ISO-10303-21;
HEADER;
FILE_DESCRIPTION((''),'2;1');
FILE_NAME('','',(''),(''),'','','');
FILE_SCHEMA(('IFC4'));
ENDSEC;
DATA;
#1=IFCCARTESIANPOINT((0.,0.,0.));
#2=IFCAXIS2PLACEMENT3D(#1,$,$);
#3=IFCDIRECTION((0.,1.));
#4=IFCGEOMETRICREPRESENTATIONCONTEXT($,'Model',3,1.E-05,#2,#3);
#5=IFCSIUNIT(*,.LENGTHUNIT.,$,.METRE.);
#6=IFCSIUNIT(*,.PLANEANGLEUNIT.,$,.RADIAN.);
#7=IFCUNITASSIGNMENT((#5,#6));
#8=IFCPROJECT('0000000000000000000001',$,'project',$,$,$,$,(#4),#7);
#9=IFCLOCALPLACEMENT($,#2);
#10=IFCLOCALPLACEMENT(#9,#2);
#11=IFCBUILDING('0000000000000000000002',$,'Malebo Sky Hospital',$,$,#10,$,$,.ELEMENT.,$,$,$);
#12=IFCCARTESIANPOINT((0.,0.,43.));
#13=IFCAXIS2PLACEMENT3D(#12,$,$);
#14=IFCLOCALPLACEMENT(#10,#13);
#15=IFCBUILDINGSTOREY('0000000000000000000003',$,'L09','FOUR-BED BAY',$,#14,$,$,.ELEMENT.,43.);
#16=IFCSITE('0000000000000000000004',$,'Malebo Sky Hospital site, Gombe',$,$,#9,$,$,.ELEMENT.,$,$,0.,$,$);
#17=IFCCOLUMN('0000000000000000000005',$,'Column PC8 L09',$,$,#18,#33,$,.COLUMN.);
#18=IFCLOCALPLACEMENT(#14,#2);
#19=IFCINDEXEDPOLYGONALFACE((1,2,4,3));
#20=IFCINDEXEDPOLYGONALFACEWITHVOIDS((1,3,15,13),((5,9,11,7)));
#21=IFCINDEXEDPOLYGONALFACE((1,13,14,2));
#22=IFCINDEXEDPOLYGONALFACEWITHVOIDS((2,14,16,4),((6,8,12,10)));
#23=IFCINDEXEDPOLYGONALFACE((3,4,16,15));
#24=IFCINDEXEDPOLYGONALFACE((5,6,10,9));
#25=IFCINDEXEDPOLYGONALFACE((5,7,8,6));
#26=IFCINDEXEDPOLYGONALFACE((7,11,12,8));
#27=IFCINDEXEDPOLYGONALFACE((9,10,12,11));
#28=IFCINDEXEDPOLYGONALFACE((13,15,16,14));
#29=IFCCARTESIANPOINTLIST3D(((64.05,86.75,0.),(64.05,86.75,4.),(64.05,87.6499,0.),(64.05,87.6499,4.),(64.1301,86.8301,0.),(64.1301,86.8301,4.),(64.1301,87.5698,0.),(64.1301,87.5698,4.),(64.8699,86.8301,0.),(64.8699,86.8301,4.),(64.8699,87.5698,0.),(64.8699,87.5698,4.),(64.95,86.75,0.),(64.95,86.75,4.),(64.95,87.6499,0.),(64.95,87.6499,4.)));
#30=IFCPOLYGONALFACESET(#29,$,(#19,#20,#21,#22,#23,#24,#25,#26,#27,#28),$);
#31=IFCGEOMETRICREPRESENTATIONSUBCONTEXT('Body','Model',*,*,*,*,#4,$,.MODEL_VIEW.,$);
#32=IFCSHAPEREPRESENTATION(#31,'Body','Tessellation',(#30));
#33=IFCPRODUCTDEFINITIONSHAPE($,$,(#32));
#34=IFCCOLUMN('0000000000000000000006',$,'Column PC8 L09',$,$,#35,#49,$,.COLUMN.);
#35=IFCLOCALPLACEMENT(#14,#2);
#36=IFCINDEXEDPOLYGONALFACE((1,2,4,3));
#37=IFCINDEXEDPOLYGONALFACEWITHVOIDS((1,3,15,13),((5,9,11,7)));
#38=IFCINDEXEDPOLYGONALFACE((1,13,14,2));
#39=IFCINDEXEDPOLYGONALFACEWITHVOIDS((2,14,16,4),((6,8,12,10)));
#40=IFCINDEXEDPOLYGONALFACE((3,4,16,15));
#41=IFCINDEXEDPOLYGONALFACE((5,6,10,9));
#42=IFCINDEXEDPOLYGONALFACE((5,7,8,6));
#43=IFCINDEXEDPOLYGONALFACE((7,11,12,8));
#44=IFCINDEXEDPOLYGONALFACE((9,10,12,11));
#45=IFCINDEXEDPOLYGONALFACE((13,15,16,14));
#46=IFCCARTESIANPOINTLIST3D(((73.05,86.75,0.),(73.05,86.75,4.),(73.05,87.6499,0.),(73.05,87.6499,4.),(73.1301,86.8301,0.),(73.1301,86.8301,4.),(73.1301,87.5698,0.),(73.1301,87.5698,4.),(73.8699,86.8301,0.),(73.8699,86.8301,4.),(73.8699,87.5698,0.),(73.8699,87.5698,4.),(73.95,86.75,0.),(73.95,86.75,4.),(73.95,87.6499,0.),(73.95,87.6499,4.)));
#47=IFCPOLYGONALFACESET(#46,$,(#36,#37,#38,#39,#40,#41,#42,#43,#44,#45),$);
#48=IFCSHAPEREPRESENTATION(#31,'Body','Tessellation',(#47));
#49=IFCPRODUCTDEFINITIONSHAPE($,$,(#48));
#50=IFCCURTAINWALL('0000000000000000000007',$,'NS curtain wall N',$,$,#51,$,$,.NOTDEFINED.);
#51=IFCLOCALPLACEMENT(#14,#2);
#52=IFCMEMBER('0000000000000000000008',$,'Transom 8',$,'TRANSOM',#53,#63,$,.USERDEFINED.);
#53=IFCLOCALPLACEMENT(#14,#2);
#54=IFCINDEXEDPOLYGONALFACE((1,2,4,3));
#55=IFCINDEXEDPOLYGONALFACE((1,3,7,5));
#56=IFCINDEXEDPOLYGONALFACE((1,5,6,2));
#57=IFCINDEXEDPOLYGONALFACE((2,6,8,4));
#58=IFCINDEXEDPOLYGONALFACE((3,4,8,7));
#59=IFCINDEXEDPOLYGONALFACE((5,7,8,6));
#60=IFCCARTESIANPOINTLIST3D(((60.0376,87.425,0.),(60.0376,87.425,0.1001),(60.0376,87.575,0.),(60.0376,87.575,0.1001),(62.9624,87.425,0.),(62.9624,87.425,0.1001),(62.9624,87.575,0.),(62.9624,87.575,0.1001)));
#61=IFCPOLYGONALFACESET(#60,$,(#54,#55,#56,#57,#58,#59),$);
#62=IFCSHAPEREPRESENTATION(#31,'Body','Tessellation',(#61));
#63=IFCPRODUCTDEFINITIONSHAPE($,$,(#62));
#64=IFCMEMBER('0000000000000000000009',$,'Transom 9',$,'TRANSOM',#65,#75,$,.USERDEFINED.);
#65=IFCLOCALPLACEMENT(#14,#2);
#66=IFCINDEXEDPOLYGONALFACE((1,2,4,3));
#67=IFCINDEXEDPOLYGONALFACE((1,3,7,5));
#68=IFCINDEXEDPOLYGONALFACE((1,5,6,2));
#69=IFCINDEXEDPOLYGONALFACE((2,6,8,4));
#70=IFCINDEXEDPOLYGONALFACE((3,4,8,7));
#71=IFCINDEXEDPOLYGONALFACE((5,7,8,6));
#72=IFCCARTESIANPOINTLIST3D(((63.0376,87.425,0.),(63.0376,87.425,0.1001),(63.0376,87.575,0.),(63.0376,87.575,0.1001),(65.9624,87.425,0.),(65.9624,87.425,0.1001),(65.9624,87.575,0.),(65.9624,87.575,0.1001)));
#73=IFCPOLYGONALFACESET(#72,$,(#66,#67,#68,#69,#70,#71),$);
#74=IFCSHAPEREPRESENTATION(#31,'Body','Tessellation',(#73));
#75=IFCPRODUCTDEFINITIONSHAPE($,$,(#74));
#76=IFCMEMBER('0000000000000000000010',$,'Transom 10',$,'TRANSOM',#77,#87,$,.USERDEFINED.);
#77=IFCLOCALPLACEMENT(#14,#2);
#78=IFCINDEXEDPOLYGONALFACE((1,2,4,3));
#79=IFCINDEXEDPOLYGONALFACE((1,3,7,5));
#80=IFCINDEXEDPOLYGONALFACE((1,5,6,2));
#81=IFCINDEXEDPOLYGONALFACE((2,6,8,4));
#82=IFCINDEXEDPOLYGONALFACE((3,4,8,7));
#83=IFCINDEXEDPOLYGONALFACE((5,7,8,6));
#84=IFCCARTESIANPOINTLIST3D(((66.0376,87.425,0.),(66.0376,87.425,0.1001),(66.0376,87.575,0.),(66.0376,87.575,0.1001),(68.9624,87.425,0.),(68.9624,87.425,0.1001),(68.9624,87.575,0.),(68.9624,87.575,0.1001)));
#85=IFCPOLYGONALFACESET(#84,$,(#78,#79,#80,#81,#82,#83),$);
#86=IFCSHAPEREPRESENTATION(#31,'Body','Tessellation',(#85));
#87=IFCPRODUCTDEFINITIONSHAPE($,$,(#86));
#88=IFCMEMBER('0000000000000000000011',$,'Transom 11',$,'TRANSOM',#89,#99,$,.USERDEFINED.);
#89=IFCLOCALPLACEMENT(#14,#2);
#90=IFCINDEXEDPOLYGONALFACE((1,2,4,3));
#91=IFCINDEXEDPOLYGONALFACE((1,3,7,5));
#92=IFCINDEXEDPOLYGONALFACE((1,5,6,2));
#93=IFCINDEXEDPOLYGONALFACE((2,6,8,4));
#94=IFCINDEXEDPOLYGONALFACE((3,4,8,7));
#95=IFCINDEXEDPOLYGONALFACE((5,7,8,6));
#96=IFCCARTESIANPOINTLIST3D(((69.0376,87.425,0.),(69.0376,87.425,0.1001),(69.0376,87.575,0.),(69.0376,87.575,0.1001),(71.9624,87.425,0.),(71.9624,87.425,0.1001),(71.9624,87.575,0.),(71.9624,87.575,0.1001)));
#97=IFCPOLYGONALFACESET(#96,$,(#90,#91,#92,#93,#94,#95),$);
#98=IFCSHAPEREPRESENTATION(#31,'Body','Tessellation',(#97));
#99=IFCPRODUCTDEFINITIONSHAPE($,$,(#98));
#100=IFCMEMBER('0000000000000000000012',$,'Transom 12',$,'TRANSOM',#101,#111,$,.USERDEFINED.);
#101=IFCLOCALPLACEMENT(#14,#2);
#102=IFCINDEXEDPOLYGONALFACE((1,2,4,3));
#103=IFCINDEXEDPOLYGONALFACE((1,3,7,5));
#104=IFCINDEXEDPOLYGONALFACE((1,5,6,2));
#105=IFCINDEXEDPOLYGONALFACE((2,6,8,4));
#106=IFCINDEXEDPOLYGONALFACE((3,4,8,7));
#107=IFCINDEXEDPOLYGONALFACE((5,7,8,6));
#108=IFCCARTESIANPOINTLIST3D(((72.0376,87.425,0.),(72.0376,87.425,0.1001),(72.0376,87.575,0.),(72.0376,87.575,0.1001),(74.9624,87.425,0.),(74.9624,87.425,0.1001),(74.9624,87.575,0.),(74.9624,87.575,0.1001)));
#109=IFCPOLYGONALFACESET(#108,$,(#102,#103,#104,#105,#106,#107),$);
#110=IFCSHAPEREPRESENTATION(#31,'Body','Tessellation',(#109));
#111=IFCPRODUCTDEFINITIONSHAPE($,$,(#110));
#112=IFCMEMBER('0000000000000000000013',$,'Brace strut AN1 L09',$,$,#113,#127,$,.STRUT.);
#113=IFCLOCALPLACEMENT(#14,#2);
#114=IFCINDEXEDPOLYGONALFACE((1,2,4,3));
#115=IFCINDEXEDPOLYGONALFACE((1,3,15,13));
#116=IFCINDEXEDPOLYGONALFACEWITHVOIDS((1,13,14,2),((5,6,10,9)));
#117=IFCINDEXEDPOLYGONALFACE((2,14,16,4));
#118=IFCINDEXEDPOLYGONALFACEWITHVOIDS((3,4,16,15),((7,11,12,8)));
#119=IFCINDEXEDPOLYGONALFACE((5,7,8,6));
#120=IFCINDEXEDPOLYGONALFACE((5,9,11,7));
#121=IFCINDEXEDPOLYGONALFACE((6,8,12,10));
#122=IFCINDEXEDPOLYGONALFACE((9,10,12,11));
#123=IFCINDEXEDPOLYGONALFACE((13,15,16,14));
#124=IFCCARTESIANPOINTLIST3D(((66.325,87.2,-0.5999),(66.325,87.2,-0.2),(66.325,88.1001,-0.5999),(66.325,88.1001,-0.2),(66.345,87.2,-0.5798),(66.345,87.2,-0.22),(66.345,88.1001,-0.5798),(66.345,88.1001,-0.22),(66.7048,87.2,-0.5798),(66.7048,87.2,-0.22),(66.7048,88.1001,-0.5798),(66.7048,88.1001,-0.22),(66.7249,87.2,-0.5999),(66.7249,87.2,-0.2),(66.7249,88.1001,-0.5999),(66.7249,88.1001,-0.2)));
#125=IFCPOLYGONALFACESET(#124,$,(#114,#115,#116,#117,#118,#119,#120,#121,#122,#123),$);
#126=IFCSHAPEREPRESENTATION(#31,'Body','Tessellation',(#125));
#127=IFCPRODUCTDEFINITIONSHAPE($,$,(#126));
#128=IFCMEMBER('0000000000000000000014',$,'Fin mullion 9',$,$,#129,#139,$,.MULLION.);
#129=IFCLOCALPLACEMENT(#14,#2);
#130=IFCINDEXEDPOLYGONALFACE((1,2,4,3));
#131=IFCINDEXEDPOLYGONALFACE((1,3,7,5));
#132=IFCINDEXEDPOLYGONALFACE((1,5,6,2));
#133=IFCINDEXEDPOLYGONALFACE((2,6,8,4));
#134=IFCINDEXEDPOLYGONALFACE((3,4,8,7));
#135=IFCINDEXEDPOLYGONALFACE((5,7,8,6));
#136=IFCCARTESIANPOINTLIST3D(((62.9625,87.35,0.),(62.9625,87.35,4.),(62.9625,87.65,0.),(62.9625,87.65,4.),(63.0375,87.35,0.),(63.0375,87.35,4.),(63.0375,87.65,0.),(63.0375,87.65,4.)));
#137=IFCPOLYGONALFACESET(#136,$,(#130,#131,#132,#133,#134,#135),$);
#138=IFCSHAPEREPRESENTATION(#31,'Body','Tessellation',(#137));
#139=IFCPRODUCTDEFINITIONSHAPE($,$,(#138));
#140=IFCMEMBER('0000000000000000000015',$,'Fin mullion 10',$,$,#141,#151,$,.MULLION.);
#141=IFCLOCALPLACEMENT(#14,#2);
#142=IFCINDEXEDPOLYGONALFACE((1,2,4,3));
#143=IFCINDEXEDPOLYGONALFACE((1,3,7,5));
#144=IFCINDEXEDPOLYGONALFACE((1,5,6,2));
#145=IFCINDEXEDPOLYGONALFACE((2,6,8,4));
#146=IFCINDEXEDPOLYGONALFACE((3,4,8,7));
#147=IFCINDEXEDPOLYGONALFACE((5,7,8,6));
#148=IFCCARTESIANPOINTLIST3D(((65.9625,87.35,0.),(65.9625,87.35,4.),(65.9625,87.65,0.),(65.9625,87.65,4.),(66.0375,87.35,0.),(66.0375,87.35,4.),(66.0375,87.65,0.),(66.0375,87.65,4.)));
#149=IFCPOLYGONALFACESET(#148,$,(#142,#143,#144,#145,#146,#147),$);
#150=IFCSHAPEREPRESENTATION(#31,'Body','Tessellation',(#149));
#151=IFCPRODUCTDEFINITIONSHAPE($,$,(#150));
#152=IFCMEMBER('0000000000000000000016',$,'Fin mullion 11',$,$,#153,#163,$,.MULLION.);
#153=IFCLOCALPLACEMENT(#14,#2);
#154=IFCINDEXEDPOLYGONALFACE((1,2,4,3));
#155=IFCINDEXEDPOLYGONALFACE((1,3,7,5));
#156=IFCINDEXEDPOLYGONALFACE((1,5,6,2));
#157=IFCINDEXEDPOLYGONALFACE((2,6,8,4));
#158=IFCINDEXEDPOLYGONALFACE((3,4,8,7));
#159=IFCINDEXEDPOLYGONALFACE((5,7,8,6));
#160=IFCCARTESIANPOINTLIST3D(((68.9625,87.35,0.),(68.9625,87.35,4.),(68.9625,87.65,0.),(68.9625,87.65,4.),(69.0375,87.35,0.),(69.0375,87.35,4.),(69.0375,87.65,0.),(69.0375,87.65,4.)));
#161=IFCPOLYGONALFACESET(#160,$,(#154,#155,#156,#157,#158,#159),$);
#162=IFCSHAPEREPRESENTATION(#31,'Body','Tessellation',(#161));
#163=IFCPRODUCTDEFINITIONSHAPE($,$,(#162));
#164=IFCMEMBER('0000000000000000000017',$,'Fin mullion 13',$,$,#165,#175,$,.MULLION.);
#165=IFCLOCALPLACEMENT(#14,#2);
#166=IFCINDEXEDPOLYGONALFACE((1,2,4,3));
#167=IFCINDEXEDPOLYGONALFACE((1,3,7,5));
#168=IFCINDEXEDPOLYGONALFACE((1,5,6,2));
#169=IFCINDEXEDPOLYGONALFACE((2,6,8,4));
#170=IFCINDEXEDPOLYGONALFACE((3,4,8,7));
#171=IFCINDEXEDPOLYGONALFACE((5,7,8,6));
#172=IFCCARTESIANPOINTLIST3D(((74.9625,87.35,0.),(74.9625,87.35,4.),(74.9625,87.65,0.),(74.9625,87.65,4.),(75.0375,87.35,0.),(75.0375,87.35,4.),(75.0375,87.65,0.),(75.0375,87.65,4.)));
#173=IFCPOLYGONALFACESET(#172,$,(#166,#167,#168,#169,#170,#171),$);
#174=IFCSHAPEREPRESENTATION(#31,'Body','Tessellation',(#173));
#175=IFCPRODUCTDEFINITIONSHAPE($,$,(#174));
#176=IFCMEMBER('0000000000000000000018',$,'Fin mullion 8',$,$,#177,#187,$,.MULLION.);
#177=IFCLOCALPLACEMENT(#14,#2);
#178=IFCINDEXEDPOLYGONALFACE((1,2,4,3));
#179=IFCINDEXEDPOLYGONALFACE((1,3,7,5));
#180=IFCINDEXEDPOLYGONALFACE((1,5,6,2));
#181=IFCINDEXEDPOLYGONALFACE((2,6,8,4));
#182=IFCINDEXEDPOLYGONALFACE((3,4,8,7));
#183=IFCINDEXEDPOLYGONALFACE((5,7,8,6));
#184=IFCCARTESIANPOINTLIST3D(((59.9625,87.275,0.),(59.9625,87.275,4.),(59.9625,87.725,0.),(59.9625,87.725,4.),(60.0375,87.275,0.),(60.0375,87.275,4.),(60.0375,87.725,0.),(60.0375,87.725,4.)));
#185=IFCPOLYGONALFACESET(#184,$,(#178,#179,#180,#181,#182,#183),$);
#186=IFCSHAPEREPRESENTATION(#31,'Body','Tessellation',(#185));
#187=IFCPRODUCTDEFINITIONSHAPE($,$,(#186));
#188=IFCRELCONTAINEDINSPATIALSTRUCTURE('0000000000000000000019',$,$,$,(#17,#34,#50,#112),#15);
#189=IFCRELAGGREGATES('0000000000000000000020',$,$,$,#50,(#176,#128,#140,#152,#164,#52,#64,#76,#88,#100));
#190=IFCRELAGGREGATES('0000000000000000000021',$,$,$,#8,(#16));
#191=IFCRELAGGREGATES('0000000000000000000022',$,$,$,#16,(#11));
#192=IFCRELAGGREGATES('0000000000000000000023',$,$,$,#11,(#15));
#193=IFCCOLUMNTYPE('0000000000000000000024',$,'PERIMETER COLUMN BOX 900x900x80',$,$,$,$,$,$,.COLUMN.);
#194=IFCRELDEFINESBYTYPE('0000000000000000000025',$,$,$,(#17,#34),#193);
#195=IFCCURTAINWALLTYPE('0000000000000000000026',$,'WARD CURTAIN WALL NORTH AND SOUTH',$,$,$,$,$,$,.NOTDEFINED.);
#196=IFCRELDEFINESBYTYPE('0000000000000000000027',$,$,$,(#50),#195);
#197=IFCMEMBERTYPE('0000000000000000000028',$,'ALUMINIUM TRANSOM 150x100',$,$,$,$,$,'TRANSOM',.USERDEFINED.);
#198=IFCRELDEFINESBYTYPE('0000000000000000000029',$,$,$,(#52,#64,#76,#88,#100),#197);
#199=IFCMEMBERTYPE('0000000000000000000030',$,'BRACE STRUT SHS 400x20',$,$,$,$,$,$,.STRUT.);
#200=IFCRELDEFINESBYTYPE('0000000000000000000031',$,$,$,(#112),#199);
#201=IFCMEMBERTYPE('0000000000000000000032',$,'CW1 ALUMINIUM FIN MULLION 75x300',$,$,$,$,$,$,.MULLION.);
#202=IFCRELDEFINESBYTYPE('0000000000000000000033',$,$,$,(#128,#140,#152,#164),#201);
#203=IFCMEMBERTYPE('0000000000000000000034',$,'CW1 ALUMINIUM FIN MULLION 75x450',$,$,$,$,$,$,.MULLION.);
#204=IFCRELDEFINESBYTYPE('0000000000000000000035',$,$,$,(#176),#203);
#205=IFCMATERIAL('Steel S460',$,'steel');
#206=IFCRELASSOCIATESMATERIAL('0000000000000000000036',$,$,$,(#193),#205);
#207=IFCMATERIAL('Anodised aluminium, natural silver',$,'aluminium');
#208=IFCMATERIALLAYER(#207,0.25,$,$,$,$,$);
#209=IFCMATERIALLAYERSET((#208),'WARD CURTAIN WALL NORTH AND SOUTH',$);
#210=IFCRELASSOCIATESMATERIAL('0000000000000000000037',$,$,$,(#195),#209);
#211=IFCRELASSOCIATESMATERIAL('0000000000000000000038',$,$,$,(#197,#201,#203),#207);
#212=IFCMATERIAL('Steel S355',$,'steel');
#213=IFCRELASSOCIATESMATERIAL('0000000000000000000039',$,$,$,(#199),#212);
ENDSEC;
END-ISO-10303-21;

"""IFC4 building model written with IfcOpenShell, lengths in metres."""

from ifc_helpers import new_model, si_unit, direction, frame, origin, origin_2d, place, context, subcontext, project, spatial, rectangle, hollow_rectangle, extrude, material, layer, layer_set, material_profile, profile_set, type_object, element, aggregate, save


model = new_model("IFC4")

# Units and contexts
model_context = context("Model", 3, precision=1e-05, world=origin(), true_north=direction((0.0, 1.0)))
body_context = subcontext(model_context, "Body", "Model", "MODEL_VIEW")
ifc_project = project(units=[si_unit("LENGTHUNIT", "METRE"), si_unit("PLANEANGLEUNIT", "RADIAN")], contexts=[model_context])

# Site, building, storey
site_placement = place(None, origin())
site = spatial("IfcSite", under=ifc_project, at=site_placement, Name="Malebo Sky Hospital site, Gombe", CompositionType="ELEMENT", RefElevation=0.0)
building_placement = place(site_placement, origin())
building = spatial("IfcBuilding", under=site, at=building_placement, Name="Malebo Sky Hospital", CompositionType="ELEMENT")
storey_placement = place(building_placement, frame((0.0, 0.0, 43.0)))
storey = spatial("IfcBuildingStorey", under=building, at=storey_placement, Name="L09", Description="FOUR-BED BAY", CompositionType="ELEMENT", Elevation=43.0)

# Columns
ifc_material_1 = material(Name="Steel S460", Category="steel")
ifc_material_profile_1 = material_profile(ifc_material_1, hollow_rectangle(XDim=0.8999, YDim=0.8999, WallThickness=0.0801, at=origin_2d()), Name="BOX 900x900x80")
ifc_profile_set_1 = profile_set([ifc_material_profile_1], Name="Steel S460")
column_type = type_object("IfcColumnType", Name="PERIMETER COLUMN BOX 900x900x80", PredefinedType="COLUMN", material=ifc_profile_set_1)
for number, where, z_axis, x_axis, name in (
    (1, (64.5, 87.2, 0.0), (0.0, 0.0, 1.0), (1.0, 0.0, 0.0), "Column PC8 L09"),
    (2, (73.5, 87.2, 0.0), (0.0, 0.0, 1.0), (1.0, 0.0, 0.0), "Column PC8 L09"),
):
    element("IfcColumn", number, at=place(storey_placement, frame(where, z_axis=z_axis, x_axis=x_axis)), inside=storey, type_object=column_type, Name=name, PredefinedType="COLUMN", context=body_context, shape_type="SweptSolid", body=[
        extrude(hollow_rectangle(XDim=0.8999, YDim=0.8999, WallThickness=0.0801, at=origin_2d()), origin(), (0.0, 0.0, 1.0), 4.0),
    ])

# Curtain wall, members
ifc_material_2 = material(Name="Anodised aluminium, natural silver", Category="aluminium")
ifc_layer_1 = layer(ifc_material_2, 0.25)
ifc_layer_set_1 = layer_set([ifc_layer_1], Name="WARD CURTAIN WALL NORTH AND SOUTH")
curtain_wall_type = type_object("IfcCurtainWallType", Name="WARD CURTAIN WALL NORTH AND SOUTH", PredefinedType="NOTDEFINED", material=ifc_layer_set_1)
curtain_wall_placement = place(storey_placement, origin())
curtain_wall = element("IfcCurtainWall", 3, at=curtain_wall_placement, inside=storey, type_object=curtain_wall_type, Name="NS curtain wall N", PredefinedType="NOTDEFINED")
ifc_material_profile_2 = material_profile(ifc_material_2, rectangle(XDim=0.1499, YDim=0.1001, at=origin_2d()), Name="ALUMINIUM TRANSOM 150x100")
ifc_profile_set_2 = profile_set([ifc_material_profile_2], Name="Anodised aluminium, natural silver")
member_type_1 = type_object("IfcMemberType", Name="ALUMINIUM TRANSOM 150x100", ElementType="TRANSOM", PredefinedType="USERDEFINED", material=ifc_profile_set_2)
member_1_placement = place(storey_placement, frame((60.0376, 87.5, 0.05), z_axis=(1.0, 0.0, 0.0), x_axis=(0.0, 1.0, 0.0)))
member_1 = element("IfcMember", 4, at=member_1_placement, type_object=member_type_1, Name="Transom 8", ObjectType="TRANSOM", PredefinedType="USERDEFINED", context=body_context, shape_type="SweptSolid", body=[
    extrude(rectangle(XDim=0.1499, YDim=0.1001, at=origin_2d()), origin(), (0.0, 0.0, 1.0), 2.9248),
])
member_2_placement = place(storey_placement, frame((63.0376, 87.5, 0.05), z_axis=(1.0, 0.0, 0.0), x_axis=(0.0, 1.0, 0.0)))
member_2 = element("IfcMember", 5, at=member_2_placement, type_object=member_type_1, Name="Transom 9", ObjectType="TRANSOM", PredefinedType="USERDEFINED", context=body_context, shape_type="SweptSolid", body=[
    extrude(rectangle(XDim=0.1499, YDim=0.1001, at=origin_2d()), origin(), (0.0, 0.0, 1.0), 2.9248),
])
member_3_placement = place(storey_placement, frame((66.0376, 87.5, 0.05), z_axis=(1.0, 0.0, 0.0), x_axis=(0.0, 1.0, 0.0)))
member_3 = element("IfcMember", 6, at=member_3_placement, type_object=member_type_1, Name="Transom 10", ObjectType="TRANSOM", PredefinedType="USERDEFINED", context=body_context, shape_type="SweptSolid", body=[
    extrude(rectangle(XDim=0.1499, YDim=0.1001, at=origin_2d()), origin(), (0.0, 0.0, 1.0), 2.9248),
])
member_4_placement = place(storey_placement, frame((69.0376, 87.5, 0.05), z_axis=(1.0, 0.0, 0.0), x_axis=(0.0, 1.0, 0.0)))
member_4 = element("IfcMember", 7, at=member_4_placement, type_object=member_type_1, Name="Transom 11", ObjectType="TRANSOM", PredefinedType="USERDEFINED", context=body_context, shape_type="SweptSolid", body=[
    extrude(rectangle(XDim=0.1499, YDim=0.1001, at=origin_2d()), origin(), (0.0, 0.0, 1.0), 2.9248),
])
member_5_placement = place(storey_placement, frame((72.0376, 87.5, 0.05), z_axis=(1.0, 0.0, 0.0), x_axis=(0.0, 1.0, 0.0)))
member_5 = element("IfcMember", 8, at=member_5_placement, type_object=member_type_1, Name="Transom 12", ObjectType="TRANSOM", PredefinedType="USERDEFINED", context=body_context, shape_type="SweptSolid", body=[
    extrude(rectangle(XDim=0.1499, YDim=0.1001, at=origin_2d()), origin(), (0.0, 0.0, 1.0), 2.9248),
])

# Members
ifc_material_3 = material(Name="Steel S355", Category="steel")
ifc_material_profile_3 = material_profile(ifc_material_3, hollow_rectangle(XDim=0.3999, YDim=0.3999, WallThickness=0.02, at=origin_2d()), Name="SHS 400x20")
ifc_profile_set_3 = profile_set([ifc_material_profile_3], Name="Steel S355")
member_type_2 = type_object("IfcMemberType", Name="BRACE STRUT SHS 400x20", PredefinedType="STRUT", material=ifc_profile_set_3)
member_6_placement = place(storey_placement, frame((66.5249, 88.1001, -0.3999), z_axis=(0.0, -1.0, 0.0), x_axis=(1.0, 0.0, 0.0)))
element("IfcMember", 9, at=member_6_placement, inside=storey, type_object=member_type_2, Name="Brace strut AN1 L09", PredefinedType="STRUT", context=body_context, shape_type="SweptSolid", body=[
    extrude(hollow_rectangle(XDim=0.3999, YDim=0.3999, WallThickness=0.02, at=origin_2d()), origin(), (0.0, 0.0, 1.0), 0.9001),
])
ifc_material_profile_4 = material_profile(ifc_material_2, rectangle(XDim=0.075, YDim=0.3, at=origin_2d()), Name="CW1 ALUMINIUM FIN MULLION 75x300")
ifc_profile_set_4 = profile_set([ifc_material_profile_4], Name="Anodised aluminium, natural silver")
member_type_3 = type_object("IfcMemberType", Name="CW1 ALUMINIUM FIN MULLION 75x300", PredefinedType="MULLION", material=ifc_profile_set_4)
member_7_placement = place(storey_placement, frame((63.0, 87.5, 0.0), z_axis=(0.0, 0.0, 1.0), x_axis=(1.0, 0.0, 0.0)))
member_7 = element("IfcMember", 10, at=member_7_placement, type_object=member_type_3, Name="Fin mullion 9", PredefinedType="MULLION", context=body_context, shape_type="SweptSolid", body=[
    extrude(rectangle(XDim=0.075, YDim=0.3, at=origin_2d()), origin(), (0.0, 0.0, 1.0), 4.0),
])
member_8_placement = place(storey_placement, frame((66.0, 87.5, 0.0), z_axis=(0.0, 0.0, 1.0), x_axis=(1.0, 0.0, 0.0)))
member_8 = element("IfcMember", 11, at=member_8_placement, type_object=member_type_3, Name="Fin mullion 10", PredefinedType="MULLION", context=body_context, shape_type="SweptSolid", body=[
    extrude(rectangle(XDim=0.075, YDim=0.3, at=origin_2d()), origin(), (0.0, 0.0, 1.0), 4.0),
])
member_9_placement = place(storey_placement, frame((69.0, 87.5, 0.0), z_axis=(0.0, 0.0, 1.0), x_axis=(1.0, 0.0, 0.0)))
member_9 = element("IfcMember", 12, at=member_9_placement, type_object=member_type_3, Name="Fin mullion 11", PredefinedType="MULLION", context=body_context, shape_type="SweptSolid", body=[
    extrude(rectangle(XDim=0.075, YDim=0.3, at=origin_2d()), origin(), (0.0, 0.0, 1.0), 4.0),
])
member_10_placement = place(storey_placement, frame((75.0, 87.5, 0.0), z_axis=(0.0, 0.0, 1.0), x_axis=(1.0, 0.0, 0.0)))
member_10 = element("IfcMember", 13, at=member_10_placement, type_object=member_type_3, Name="Fin mullion 13", PredefinedType="MULLION", context=body_context, shape_type="SweptSolid", body=[
    extrude(rectangle(XDim=0.075, YDim=0.3, at=origin_2d()), origin(), (0.0, 0.0, 1.0), 4.0),
])
ifc_material_profile_5 = material_profile(ifc_material_2, rectangle(XDim=0.075, YDim=0.45, at=origin_2d()), Name="CW1 ALUMINIUM FIN MULLION 75x450")
ifc_profile_set_5 = profile_set([ifc_material_profile_5], Name="Anodised aluminium, natural silver")
member_type_4 = type_object("IfcMemberType", Name="CW1 ALUMINIUM FIN MULLION 75x450", PredefinedType="MULLION", material=ifc_profile_set_5)
member_11_placement = place(storey_placement, frame((60.0, 87.5, 0.0), z_axis=(0.0, 0.0, 1.0), x_axis=(1.0, 0.0, 0.0)))
member_11 = element("IfcMember", 14, at=member_11_placement, type_object=member_type_4, Name="Fin mullion 8", PredefinedType="MULLION", context=body_context, shape_type="SweptSolid", body=[
    extrude(rectangle(XDim=0.075, YDim=0.45, at=origin_2d()), origin(), (0.0, 0.0, 1.0), 4.0),
])

aggregate(curtain_wall, [member_11, member_7, member_8, member_9, member_10, member_1, member_2, member_3, member_4, member_5])

save(model, "model.ifc")
